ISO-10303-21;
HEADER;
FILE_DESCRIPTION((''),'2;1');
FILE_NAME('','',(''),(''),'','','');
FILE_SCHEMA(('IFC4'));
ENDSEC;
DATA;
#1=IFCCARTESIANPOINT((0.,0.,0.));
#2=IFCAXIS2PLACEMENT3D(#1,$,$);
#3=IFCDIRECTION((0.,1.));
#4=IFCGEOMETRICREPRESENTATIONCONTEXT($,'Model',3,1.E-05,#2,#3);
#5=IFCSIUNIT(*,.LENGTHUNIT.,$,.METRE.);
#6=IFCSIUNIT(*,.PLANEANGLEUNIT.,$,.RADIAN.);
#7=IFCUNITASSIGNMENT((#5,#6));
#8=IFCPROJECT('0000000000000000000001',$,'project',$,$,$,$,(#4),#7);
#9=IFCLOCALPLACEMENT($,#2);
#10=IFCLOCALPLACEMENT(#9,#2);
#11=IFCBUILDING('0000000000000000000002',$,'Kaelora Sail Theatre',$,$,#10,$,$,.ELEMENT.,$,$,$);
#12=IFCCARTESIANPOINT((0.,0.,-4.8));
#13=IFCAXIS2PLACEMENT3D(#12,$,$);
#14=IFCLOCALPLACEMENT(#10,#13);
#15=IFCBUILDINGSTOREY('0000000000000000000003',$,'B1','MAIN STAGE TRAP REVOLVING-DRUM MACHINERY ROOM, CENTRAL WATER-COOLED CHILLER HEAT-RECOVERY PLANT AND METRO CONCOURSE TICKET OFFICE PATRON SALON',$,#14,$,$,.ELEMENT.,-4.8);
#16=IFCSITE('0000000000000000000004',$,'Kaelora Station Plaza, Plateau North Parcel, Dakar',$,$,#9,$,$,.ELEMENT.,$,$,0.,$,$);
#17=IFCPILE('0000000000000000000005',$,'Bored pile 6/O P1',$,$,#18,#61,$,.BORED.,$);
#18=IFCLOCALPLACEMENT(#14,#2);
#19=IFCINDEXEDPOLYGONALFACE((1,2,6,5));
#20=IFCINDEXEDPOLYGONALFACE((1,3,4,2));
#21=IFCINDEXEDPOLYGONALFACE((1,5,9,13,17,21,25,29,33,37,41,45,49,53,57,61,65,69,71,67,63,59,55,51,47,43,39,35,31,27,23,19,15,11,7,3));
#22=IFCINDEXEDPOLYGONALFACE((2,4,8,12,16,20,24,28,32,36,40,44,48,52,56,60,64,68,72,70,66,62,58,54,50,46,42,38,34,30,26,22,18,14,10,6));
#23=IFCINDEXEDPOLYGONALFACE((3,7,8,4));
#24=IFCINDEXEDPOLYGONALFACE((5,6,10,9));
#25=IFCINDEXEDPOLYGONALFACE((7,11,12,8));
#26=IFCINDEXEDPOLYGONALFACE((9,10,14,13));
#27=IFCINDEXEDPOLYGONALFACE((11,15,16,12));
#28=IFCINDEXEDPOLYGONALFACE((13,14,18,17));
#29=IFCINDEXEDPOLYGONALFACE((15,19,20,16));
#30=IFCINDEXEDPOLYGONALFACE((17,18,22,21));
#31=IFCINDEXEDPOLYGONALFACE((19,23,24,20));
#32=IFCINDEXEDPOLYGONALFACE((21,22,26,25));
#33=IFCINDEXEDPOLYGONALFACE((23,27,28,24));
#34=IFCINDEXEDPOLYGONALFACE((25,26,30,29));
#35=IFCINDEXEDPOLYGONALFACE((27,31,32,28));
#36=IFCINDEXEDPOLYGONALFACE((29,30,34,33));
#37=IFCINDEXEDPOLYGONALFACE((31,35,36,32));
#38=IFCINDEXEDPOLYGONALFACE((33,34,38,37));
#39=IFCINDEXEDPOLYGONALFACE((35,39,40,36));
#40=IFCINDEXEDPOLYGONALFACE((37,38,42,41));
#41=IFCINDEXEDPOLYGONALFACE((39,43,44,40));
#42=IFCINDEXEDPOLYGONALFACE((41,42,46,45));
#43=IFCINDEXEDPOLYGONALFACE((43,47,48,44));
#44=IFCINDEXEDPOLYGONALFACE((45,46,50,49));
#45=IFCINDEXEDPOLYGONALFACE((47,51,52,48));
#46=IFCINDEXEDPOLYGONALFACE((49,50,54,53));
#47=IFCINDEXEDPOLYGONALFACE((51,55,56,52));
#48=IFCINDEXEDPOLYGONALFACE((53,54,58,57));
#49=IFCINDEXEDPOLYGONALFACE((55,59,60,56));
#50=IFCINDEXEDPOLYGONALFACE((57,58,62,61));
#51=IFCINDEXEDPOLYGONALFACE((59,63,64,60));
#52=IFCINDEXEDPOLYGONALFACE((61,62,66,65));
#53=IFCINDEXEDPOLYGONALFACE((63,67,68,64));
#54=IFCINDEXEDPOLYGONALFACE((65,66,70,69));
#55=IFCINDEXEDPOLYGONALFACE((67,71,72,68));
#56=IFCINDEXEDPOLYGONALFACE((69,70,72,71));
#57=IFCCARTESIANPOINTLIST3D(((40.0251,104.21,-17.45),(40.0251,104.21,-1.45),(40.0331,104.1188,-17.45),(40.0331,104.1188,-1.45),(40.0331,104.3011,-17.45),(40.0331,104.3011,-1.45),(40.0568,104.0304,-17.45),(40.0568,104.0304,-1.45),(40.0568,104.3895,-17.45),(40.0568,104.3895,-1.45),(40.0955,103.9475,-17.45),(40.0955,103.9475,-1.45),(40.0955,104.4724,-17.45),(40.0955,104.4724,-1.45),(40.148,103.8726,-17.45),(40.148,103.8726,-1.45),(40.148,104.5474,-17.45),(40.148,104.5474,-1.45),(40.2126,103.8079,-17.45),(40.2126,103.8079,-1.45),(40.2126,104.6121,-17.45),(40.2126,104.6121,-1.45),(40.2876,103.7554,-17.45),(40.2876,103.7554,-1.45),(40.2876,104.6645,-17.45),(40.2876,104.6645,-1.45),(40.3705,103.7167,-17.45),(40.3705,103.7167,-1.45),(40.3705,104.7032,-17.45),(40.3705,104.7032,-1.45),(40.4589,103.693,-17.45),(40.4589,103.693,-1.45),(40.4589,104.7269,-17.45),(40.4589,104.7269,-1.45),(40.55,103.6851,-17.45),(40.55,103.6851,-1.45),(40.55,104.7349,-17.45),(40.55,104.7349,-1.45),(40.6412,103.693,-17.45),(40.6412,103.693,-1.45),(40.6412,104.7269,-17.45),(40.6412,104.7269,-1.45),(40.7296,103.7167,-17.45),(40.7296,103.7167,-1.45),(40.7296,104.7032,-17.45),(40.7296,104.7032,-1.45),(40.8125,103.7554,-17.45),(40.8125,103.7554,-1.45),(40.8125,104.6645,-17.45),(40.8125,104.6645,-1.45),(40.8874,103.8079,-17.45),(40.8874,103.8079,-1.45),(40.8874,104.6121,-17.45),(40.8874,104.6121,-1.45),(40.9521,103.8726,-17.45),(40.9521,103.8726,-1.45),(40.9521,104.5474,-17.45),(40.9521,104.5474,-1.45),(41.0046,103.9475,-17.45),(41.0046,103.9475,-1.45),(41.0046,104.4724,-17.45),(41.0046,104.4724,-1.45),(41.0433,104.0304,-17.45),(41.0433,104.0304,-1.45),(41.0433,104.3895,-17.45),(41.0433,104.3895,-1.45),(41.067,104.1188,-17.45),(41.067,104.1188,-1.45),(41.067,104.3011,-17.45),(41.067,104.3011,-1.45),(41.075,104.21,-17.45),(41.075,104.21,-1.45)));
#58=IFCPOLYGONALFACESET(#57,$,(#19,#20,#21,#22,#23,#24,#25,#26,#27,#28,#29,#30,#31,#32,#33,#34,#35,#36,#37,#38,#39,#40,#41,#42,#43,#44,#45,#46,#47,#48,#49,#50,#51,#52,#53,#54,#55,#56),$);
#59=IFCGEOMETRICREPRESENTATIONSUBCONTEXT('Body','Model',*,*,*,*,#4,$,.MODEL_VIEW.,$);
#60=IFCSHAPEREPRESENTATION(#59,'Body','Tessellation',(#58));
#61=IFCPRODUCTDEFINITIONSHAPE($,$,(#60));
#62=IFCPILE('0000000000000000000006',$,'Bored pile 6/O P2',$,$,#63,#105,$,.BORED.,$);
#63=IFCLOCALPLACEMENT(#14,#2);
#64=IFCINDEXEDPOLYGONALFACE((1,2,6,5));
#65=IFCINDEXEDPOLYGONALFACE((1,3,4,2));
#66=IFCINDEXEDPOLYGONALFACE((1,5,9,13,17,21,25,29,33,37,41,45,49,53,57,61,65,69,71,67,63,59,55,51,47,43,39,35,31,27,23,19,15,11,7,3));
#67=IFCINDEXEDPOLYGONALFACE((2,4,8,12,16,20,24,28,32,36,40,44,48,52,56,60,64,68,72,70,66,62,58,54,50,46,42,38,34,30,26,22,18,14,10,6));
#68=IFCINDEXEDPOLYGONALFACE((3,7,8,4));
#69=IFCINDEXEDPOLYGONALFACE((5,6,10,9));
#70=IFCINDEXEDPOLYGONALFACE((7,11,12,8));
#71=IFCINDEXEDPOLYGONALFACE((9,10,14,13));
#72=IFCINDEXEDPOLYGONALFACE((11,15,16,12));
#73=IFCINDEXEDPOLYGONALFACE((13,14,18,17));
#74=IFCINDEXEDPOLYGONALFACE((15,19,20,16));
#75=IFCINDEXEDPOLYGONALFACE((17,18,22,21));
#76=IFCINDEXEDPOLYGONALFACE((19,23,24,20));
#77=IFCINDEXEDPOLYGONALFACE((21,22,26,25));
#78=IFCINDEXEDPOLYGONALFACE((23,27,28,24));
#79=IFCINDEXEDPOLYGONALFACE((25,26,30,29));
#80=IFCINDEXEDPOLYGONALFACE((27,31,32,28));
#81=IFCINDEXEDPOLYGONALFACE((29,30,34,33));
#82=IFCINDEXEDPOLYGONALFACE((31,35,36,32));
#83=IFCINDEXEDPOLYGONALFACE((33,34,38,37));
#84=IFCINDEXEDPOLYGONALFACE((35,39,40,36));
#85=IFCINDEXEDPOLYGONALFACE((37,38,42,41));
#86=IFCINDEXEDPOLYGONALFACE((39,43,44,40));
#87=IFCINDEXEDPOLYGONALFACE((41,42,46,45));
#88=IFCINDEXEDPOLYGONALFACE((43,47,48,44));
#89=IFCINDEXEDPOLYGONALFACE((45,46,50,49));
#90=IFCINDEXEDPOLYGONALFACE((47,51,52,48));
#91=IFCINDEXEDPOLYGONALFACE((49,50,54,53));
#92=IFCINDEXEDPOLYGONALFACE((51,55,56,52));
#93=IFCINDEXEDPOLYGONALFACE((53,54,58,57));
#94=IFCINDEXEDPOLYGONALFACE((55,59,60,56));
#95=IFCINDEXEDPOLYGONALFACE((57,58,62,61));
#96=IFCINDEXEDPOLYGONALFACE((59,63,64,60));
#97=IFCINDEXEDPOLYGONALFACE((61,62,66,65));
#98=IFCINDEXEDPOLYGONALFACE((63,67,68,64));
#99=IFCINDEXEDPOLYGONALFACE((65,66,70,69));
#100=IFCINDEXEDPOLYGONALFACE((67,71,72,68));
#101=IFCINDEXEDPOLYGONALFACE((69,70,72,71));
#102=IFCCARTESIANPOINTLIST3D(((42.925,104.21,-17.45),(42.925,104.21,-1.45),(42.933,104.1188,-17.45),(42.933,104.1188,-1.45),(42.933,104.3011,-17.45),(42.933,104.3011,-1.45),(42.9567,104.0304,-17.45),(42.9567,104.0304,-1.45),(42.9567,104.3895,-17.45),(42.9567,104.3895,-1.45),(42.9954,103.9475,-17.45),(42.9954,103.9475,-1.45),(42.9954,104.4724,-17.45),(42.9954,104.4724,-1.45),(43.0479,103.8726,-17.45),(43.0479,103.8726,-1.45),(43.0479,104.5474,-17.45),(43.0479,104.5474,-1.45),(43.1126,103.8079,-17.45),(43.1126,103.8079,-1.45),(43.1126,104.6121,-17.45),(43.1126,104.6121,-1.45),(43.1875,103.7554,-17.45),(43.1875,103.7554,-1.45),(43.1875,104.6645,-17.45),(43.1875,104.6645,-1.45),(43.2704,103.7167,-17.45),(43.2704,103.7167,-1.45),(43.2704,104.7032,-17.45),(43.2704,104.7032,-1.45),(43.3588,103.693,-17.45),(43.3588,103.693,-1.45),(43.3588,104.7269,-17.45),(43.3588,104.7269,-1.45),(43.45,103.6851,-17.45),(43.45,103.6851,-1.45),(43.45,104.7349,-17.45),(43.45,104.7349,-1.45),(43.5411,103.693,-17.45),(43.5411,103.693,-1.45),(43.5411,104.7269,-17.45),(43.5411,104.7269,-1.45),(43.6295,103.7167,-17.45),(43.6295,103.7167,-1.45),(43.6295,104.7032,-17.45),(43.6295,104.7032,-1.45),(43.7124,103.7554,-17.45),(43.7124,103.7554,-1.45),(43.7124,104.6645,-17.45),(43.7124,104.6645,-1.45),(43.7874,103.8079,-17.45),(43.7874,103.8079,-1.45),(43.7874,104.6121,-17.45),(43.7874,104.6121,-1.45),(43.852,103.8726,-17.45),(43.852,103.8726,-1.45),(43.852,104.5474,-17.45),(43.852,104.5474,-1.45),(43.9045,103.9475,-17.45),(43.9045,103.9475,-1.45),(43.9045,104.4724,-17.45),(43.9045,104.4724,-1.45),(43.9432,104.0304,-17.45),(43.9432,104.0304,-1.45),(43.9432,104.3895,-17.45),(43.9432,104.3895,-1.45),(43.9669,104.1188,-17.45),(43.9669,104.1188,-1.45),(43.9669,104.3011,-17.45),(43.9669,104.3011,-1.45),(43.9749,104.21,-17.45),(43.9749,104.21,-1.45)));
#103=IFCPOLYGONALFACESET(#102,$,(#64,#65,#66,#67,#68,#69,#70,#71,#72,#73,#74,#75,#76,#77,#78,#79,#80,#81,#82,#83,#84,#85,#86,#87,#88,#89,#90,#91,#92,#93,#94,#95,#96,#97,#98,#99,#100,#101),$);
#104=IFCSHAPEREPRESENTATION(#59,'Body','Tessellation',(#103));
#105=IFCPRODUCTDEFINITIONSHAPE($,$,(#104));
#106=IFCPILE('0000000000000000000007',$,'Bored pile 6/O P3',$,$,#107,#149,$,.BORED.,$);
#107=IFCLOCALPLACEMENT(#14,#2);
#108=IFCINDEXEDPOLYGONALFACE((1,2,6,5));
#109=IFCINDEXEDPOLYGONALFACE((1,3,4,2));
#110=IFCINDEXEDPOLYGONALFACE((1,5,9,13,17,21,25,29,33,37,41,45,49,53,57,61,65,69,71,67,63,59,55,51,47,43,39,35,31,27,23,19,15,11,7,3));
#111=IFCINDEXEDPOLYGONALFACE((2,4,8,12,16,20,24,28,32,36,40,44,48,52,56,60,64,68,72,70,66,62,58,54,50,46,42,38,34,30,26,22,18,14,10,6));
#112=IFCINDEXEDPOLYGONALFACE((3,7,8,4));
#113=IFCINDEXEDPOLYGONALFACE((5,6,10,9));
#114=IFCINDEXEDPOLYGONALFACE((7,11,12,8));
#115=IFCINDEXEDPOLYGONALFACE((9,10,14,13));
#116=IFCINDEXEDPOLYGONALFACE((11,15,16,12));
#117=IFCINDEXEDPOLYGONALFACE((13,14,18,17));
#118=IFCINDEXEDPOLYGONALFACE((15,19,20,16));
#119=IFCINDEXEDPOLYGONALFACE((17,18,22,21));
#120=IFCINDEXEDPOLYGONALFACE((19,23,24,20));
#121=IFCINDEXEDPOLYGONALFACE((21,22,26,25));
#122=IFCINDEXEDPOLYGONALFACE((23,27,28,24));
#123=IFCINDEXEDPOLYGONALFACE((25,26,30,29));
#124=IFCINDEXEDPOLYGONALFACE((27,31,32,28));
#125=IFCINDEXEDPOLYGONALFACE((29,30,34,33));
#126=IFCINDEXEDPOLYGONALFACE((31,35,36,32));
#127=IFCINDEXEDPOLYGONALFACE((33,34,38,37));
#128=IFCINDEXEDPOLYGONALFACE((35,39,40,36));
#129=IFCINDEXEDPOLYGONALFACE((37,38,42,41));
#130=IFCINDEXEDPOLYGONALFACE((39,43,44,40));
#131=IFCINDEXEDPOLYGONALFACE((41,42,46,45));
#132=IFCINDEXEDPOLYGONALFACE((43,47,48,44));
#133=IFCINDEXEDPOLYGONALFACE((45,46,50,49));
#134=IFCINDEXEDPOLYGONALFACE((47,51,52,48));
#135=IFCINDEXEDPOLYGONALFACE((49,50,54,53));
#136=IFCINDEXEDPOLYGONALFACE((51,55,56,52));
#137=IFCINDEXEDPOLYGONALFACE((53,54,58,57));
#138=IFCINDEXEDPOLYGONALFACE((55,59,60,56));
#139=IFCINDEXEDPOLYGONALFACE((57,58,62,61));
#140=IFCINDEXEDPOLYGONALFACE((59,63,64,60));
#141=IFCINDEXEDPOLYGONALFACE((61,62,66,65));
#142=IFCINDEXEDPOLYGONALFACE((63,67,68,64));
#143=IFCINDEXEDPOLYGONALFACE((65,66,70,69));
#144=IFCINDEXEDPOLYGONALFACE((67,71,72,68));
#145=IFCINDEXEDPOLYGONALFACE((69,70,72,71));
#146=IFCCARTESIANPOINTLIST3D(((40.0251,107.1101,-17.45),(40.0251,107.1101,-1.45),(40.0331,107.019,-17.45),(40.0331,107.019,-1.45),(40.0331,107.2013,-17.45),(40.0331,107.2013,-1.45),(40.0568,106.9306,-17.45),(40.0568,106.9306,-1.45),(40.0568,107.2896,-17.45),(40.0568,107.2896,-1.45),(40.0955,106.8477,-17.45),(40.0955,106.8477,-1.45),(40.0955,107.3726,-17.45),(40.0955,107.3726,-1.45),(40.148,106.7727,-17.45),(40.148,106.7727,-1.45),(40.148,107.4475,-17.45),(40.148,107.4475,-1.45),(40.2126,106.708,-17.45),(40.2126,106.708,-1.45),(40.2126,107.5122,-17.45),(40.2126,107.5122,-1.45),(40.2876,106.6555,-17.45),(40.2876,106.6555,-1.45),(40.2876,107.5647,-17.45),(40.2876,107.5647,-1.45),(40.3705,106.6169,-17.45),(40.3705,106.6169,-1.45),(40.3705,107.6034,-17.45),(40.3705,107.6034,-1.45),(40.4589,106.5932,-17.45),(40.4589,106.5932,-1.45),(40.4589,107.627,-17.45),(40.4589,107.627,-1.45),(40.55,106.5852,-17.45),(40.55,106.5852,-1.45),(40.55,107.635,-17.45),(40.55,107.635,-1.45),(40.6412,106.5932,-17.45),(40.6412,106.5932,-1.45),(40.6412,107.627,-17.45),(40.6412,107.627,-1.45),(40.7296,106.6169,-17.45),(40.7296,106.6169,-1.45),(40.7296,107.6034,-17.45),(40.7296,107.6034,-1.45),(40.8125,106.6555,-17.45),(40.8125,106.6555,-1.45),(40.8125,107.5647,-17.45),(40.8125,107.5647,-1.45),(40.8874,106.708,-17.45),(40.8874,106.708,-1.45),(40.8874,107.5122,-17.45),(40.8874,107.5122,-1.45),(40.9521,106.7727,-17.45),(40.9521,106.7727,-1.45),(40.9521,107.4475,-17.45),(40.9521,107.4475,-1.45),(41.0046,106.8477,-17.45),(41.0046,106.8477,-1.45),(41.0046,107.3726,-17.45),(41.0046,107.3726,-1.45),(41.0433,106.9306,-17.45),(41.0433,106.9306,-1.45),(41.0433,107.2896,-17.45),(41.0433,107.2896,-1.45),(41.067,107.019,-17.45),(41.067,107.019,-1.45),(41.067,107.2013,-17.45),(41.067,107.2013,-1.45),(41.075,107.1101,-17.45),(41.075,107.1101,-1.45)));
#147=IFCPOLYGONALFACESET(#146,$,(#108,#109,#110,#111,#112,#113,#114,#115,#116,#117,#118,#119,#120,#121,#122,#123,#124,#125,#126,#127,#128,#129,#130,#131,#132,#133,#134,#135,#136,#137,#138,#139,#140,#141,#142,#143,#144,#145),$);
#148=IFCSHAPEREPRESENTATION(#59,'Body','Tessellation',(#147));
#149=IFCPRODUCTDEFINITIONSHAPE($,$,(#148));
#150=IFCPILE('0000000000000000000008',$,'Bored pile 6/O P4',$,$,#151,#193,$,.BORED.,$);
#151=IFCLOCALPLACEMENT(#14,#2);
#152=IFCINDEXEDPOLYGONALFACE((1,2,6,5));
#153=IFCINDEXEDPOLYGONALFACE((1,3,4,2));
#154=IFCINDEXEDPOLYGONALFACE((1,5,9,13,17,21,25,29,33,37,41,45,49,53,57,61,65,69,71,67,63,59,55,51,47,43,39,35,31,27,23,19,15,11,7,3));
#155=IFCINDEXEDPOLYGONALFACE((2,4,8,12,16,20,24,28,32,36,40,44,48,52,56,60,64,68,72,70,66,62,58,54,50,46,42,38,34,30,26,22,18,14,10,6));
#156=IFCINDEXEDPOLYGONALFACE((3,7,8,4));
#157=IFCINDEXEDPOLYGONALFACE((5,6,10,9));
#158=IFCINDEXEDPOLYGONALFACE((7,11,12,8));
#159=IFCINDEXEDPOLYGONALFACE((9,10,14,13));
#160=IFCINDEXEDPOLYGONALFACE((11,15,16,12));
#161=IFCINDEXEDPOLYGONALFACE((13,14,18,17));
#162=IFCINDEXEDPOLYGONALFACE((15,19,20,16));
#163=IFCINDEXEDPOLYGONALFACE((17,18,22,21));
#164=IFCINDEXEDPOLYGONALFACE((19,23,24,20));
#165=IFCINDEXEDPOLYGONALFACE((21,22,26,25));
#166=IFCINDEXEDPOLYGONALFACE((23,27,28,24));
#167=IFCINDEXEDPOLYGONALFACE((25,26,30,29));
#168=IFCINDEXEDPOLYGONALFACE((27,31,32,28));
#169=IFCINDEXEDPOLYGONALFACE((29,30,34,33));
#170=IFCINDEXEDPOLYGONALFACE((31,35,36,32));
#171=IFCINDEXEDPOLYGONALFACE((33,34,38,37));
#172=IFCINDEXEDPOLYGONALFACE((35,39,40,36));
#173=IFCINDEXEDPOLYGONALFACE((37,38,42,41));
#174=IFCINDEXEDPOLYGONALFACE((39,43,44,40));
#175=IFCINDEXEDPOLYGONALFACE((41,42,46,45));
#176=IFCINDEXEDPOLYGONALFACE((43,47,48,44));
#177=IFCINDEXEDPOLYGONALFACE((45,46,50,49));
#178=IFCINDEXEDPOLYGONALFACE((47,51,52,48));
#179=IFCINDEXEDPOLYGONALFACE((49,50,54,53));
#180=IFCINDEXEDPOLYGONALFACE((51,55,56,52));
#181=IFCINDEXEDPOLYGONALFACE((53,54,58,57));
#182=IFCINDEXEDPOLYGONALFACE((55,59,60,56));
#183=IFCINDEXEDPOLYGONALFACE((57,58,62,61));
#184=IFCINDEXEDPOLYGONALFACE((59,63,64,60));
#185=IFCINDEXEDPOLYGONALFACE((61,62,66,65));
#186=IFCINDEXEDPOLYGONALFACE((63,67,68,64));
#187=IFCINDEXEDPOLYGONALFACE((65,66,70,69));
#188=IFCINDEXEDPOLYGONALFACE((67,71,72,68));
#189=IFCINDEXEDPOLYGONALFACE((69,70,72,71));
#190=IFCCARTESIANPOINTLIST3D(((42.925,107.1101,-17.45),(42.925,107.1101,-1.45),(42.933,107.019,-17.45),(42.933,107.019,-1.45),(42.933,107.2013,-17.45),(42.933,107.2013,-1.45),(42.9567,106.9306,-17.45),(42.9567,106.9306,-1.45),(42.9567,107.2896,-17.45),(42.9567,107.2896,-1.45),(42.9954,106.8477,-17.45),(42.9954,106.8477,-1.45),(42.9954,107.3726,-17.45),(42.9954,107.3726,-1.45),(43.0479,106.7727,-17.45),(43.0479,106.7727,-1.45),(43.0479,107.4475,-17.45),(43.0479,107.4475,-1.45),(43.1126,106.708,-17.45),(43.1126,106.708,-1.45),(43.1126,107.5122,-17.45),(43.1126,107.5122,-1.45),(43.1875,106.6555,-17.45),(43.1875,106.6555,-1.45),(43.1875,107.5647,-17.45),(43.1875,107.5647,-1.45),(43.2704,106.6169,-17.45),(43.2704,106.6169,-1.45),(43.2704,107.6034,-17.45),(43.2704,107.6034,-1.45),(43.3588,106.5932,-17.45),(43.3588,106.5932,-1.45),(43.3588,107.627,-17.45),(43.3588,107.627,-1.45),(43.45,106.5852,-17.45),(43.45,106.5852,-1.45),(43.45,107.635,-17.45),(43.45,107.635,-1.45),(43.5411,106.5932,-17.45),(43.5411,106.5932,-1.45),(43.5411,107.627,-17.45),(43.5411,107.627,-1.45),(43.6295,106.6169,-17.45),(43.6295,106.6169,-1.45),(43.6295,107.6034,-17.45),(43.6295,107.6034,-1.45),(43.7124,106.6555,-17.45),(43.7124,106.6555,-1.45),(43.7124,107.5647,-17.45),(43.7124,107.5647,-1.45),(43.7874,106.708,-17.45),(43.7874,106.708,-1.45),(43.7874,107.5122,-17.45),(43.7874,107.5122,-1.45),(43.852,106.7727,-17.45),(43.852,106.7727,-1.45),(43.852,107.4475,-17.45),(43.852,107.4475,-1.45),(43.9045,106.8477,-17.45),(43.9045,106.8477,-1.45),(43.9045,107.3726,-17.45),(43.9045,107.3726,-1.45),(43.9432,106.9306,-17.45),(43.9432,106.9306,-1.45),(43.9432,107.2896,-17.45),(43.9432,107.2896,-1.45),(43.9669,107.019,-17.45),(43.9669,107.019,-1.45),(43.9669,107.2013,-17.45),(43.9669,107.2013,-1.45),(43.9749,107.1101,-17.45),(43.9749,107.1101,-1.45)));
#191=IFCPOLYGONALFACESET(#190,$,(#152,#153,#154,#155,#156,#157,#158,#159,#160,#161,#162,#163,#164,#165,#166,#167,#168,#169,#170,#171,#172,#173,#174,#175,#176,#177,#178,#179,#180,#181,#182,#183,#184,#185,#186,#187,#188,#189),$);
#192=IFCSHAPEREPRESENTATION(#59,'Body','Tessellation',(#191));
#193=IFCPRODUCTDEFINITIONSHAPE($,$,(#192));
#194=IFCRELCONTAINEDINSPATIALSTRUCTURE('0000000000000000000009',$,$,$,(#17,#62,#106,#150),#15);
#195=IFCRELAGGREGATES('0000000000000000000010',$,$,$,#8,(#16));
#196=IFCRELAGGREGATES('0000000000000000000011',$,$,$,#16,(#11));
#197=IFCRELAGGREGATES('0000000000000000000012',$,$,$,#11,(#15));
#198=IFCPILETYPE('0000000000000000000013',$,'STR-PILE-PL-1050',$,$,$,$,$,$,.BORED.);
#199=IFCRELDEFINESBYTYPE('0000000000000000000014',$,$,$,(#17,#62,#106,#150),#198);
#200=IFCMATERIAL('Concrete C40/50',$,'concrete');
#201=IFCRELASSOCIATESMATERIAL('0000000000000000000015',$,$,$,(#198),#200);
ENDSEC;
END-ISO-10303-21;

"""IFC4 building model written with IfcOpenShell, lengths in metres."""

from ifc_helpers import new_model, si_unit, direction, frame, origin, origin_2d, place, context, subcontext, project, spatial, circle, extrude, material, material_profile, profile_set, type_object, element, save


model = new_model("IFC4")

# Units and contexts
model_context = context("Model", 3, precision=1e-05, world=origin(), true_north=direction((0.0, 1.0)))
body_context = subcontext(model_context, "Body", "Model", "MODEL_VIEW")
ifc_project = project(units=[si_unit("LENGTHUNIT", "METRE"), si_unit("PLANEANGLEUNIT", "RADIAN")], contexts=[model_context])

# Site, building, storey
site_placement = place(None, origin())
site = spatial("IfcSite", under=ifc_project, at=site_placement, Name="Kaelora Station Plaza, Plateau North Parcel, Dakar", CompositionType="ELEMENT", RefElevation=0.0)
building_placement = place(site_placement, origin())
building = spatial("IfcBuilding", under=site, at=building_placement, Name="Kaelora Sail Theatre", CompositionType="ELEMENT")
storey_placement = place(building_placement, frame((0.0, 0.0, -4.8)))
storey = spatial("IfcBuildingStorey", under=building, at=storey_placement, Name="B1", Description="MAIN STAGE TRAP REVOLVING-DRUM MACHINERY ROOM, CENTRAL WATER-COOLED CHILLER HEAT-RECOVERY PLANT AND METRO CONCOURSE TICKET OFFICE PATRON SALON", CompositionType="ELEMENT", Elevation=-4.8)

# Piles
ifc_material_1 = material(Name="Concrete C40/50", Category="concrete")
ifc_material_profile_1 = material_profile(ifc_material_1, circle(Radius=0.5249, at=origin_2d()), Name="PILE D1050")
ifc_profile_set_1 = profile_set([ifc_material_profile_1], Name="Concrete C40/50")
pile_type_1 = type_object("IfcPileType", Name="STR-PILE-PL-1050", PredefinedType="BORED", material=ifc_profile_set_1)
for number, where, z_axis, x_axis, name in (
    (1, (40.55, 104.21, -1.45), (0.0, 0.0, -1.0), (1.0, 0.0, 0.0), "Bored pile 6/O P1"),
    (2, (43.45, 104.21, -1.45), (0.0, 0.0, -1.0), (1.0, 0.0, 0.0), "Bored pile 6/O P2"),
    (3, (40.55, 107.1101, -1.45), (0.0, 0.0, -1.0), (1.0, 0.0, 0.0), "Bored pile 6/O P3"),
    (4, (43.45, 107.1101, -1.45), (0.0, 0.0, -1.0), (1.0, 0.0, 0.0), "Bored pile 6/O P4"),
):
    element("IfcPile", number, at=place(storey_placement, frame(where, z_axis=z_axis, x_axis=x_axis)), inside=storey, type_object=pile_type_1, Name=name, PredefinedType="BORED", context=body_context, shape_type="SweptSolid", body=[
        extrude(circle(Radius=0.5249, at=origin_2d()), origin(), (0.0, 0.0, 1.0), 16.0),
    ])

save(model, "model.ifc")
